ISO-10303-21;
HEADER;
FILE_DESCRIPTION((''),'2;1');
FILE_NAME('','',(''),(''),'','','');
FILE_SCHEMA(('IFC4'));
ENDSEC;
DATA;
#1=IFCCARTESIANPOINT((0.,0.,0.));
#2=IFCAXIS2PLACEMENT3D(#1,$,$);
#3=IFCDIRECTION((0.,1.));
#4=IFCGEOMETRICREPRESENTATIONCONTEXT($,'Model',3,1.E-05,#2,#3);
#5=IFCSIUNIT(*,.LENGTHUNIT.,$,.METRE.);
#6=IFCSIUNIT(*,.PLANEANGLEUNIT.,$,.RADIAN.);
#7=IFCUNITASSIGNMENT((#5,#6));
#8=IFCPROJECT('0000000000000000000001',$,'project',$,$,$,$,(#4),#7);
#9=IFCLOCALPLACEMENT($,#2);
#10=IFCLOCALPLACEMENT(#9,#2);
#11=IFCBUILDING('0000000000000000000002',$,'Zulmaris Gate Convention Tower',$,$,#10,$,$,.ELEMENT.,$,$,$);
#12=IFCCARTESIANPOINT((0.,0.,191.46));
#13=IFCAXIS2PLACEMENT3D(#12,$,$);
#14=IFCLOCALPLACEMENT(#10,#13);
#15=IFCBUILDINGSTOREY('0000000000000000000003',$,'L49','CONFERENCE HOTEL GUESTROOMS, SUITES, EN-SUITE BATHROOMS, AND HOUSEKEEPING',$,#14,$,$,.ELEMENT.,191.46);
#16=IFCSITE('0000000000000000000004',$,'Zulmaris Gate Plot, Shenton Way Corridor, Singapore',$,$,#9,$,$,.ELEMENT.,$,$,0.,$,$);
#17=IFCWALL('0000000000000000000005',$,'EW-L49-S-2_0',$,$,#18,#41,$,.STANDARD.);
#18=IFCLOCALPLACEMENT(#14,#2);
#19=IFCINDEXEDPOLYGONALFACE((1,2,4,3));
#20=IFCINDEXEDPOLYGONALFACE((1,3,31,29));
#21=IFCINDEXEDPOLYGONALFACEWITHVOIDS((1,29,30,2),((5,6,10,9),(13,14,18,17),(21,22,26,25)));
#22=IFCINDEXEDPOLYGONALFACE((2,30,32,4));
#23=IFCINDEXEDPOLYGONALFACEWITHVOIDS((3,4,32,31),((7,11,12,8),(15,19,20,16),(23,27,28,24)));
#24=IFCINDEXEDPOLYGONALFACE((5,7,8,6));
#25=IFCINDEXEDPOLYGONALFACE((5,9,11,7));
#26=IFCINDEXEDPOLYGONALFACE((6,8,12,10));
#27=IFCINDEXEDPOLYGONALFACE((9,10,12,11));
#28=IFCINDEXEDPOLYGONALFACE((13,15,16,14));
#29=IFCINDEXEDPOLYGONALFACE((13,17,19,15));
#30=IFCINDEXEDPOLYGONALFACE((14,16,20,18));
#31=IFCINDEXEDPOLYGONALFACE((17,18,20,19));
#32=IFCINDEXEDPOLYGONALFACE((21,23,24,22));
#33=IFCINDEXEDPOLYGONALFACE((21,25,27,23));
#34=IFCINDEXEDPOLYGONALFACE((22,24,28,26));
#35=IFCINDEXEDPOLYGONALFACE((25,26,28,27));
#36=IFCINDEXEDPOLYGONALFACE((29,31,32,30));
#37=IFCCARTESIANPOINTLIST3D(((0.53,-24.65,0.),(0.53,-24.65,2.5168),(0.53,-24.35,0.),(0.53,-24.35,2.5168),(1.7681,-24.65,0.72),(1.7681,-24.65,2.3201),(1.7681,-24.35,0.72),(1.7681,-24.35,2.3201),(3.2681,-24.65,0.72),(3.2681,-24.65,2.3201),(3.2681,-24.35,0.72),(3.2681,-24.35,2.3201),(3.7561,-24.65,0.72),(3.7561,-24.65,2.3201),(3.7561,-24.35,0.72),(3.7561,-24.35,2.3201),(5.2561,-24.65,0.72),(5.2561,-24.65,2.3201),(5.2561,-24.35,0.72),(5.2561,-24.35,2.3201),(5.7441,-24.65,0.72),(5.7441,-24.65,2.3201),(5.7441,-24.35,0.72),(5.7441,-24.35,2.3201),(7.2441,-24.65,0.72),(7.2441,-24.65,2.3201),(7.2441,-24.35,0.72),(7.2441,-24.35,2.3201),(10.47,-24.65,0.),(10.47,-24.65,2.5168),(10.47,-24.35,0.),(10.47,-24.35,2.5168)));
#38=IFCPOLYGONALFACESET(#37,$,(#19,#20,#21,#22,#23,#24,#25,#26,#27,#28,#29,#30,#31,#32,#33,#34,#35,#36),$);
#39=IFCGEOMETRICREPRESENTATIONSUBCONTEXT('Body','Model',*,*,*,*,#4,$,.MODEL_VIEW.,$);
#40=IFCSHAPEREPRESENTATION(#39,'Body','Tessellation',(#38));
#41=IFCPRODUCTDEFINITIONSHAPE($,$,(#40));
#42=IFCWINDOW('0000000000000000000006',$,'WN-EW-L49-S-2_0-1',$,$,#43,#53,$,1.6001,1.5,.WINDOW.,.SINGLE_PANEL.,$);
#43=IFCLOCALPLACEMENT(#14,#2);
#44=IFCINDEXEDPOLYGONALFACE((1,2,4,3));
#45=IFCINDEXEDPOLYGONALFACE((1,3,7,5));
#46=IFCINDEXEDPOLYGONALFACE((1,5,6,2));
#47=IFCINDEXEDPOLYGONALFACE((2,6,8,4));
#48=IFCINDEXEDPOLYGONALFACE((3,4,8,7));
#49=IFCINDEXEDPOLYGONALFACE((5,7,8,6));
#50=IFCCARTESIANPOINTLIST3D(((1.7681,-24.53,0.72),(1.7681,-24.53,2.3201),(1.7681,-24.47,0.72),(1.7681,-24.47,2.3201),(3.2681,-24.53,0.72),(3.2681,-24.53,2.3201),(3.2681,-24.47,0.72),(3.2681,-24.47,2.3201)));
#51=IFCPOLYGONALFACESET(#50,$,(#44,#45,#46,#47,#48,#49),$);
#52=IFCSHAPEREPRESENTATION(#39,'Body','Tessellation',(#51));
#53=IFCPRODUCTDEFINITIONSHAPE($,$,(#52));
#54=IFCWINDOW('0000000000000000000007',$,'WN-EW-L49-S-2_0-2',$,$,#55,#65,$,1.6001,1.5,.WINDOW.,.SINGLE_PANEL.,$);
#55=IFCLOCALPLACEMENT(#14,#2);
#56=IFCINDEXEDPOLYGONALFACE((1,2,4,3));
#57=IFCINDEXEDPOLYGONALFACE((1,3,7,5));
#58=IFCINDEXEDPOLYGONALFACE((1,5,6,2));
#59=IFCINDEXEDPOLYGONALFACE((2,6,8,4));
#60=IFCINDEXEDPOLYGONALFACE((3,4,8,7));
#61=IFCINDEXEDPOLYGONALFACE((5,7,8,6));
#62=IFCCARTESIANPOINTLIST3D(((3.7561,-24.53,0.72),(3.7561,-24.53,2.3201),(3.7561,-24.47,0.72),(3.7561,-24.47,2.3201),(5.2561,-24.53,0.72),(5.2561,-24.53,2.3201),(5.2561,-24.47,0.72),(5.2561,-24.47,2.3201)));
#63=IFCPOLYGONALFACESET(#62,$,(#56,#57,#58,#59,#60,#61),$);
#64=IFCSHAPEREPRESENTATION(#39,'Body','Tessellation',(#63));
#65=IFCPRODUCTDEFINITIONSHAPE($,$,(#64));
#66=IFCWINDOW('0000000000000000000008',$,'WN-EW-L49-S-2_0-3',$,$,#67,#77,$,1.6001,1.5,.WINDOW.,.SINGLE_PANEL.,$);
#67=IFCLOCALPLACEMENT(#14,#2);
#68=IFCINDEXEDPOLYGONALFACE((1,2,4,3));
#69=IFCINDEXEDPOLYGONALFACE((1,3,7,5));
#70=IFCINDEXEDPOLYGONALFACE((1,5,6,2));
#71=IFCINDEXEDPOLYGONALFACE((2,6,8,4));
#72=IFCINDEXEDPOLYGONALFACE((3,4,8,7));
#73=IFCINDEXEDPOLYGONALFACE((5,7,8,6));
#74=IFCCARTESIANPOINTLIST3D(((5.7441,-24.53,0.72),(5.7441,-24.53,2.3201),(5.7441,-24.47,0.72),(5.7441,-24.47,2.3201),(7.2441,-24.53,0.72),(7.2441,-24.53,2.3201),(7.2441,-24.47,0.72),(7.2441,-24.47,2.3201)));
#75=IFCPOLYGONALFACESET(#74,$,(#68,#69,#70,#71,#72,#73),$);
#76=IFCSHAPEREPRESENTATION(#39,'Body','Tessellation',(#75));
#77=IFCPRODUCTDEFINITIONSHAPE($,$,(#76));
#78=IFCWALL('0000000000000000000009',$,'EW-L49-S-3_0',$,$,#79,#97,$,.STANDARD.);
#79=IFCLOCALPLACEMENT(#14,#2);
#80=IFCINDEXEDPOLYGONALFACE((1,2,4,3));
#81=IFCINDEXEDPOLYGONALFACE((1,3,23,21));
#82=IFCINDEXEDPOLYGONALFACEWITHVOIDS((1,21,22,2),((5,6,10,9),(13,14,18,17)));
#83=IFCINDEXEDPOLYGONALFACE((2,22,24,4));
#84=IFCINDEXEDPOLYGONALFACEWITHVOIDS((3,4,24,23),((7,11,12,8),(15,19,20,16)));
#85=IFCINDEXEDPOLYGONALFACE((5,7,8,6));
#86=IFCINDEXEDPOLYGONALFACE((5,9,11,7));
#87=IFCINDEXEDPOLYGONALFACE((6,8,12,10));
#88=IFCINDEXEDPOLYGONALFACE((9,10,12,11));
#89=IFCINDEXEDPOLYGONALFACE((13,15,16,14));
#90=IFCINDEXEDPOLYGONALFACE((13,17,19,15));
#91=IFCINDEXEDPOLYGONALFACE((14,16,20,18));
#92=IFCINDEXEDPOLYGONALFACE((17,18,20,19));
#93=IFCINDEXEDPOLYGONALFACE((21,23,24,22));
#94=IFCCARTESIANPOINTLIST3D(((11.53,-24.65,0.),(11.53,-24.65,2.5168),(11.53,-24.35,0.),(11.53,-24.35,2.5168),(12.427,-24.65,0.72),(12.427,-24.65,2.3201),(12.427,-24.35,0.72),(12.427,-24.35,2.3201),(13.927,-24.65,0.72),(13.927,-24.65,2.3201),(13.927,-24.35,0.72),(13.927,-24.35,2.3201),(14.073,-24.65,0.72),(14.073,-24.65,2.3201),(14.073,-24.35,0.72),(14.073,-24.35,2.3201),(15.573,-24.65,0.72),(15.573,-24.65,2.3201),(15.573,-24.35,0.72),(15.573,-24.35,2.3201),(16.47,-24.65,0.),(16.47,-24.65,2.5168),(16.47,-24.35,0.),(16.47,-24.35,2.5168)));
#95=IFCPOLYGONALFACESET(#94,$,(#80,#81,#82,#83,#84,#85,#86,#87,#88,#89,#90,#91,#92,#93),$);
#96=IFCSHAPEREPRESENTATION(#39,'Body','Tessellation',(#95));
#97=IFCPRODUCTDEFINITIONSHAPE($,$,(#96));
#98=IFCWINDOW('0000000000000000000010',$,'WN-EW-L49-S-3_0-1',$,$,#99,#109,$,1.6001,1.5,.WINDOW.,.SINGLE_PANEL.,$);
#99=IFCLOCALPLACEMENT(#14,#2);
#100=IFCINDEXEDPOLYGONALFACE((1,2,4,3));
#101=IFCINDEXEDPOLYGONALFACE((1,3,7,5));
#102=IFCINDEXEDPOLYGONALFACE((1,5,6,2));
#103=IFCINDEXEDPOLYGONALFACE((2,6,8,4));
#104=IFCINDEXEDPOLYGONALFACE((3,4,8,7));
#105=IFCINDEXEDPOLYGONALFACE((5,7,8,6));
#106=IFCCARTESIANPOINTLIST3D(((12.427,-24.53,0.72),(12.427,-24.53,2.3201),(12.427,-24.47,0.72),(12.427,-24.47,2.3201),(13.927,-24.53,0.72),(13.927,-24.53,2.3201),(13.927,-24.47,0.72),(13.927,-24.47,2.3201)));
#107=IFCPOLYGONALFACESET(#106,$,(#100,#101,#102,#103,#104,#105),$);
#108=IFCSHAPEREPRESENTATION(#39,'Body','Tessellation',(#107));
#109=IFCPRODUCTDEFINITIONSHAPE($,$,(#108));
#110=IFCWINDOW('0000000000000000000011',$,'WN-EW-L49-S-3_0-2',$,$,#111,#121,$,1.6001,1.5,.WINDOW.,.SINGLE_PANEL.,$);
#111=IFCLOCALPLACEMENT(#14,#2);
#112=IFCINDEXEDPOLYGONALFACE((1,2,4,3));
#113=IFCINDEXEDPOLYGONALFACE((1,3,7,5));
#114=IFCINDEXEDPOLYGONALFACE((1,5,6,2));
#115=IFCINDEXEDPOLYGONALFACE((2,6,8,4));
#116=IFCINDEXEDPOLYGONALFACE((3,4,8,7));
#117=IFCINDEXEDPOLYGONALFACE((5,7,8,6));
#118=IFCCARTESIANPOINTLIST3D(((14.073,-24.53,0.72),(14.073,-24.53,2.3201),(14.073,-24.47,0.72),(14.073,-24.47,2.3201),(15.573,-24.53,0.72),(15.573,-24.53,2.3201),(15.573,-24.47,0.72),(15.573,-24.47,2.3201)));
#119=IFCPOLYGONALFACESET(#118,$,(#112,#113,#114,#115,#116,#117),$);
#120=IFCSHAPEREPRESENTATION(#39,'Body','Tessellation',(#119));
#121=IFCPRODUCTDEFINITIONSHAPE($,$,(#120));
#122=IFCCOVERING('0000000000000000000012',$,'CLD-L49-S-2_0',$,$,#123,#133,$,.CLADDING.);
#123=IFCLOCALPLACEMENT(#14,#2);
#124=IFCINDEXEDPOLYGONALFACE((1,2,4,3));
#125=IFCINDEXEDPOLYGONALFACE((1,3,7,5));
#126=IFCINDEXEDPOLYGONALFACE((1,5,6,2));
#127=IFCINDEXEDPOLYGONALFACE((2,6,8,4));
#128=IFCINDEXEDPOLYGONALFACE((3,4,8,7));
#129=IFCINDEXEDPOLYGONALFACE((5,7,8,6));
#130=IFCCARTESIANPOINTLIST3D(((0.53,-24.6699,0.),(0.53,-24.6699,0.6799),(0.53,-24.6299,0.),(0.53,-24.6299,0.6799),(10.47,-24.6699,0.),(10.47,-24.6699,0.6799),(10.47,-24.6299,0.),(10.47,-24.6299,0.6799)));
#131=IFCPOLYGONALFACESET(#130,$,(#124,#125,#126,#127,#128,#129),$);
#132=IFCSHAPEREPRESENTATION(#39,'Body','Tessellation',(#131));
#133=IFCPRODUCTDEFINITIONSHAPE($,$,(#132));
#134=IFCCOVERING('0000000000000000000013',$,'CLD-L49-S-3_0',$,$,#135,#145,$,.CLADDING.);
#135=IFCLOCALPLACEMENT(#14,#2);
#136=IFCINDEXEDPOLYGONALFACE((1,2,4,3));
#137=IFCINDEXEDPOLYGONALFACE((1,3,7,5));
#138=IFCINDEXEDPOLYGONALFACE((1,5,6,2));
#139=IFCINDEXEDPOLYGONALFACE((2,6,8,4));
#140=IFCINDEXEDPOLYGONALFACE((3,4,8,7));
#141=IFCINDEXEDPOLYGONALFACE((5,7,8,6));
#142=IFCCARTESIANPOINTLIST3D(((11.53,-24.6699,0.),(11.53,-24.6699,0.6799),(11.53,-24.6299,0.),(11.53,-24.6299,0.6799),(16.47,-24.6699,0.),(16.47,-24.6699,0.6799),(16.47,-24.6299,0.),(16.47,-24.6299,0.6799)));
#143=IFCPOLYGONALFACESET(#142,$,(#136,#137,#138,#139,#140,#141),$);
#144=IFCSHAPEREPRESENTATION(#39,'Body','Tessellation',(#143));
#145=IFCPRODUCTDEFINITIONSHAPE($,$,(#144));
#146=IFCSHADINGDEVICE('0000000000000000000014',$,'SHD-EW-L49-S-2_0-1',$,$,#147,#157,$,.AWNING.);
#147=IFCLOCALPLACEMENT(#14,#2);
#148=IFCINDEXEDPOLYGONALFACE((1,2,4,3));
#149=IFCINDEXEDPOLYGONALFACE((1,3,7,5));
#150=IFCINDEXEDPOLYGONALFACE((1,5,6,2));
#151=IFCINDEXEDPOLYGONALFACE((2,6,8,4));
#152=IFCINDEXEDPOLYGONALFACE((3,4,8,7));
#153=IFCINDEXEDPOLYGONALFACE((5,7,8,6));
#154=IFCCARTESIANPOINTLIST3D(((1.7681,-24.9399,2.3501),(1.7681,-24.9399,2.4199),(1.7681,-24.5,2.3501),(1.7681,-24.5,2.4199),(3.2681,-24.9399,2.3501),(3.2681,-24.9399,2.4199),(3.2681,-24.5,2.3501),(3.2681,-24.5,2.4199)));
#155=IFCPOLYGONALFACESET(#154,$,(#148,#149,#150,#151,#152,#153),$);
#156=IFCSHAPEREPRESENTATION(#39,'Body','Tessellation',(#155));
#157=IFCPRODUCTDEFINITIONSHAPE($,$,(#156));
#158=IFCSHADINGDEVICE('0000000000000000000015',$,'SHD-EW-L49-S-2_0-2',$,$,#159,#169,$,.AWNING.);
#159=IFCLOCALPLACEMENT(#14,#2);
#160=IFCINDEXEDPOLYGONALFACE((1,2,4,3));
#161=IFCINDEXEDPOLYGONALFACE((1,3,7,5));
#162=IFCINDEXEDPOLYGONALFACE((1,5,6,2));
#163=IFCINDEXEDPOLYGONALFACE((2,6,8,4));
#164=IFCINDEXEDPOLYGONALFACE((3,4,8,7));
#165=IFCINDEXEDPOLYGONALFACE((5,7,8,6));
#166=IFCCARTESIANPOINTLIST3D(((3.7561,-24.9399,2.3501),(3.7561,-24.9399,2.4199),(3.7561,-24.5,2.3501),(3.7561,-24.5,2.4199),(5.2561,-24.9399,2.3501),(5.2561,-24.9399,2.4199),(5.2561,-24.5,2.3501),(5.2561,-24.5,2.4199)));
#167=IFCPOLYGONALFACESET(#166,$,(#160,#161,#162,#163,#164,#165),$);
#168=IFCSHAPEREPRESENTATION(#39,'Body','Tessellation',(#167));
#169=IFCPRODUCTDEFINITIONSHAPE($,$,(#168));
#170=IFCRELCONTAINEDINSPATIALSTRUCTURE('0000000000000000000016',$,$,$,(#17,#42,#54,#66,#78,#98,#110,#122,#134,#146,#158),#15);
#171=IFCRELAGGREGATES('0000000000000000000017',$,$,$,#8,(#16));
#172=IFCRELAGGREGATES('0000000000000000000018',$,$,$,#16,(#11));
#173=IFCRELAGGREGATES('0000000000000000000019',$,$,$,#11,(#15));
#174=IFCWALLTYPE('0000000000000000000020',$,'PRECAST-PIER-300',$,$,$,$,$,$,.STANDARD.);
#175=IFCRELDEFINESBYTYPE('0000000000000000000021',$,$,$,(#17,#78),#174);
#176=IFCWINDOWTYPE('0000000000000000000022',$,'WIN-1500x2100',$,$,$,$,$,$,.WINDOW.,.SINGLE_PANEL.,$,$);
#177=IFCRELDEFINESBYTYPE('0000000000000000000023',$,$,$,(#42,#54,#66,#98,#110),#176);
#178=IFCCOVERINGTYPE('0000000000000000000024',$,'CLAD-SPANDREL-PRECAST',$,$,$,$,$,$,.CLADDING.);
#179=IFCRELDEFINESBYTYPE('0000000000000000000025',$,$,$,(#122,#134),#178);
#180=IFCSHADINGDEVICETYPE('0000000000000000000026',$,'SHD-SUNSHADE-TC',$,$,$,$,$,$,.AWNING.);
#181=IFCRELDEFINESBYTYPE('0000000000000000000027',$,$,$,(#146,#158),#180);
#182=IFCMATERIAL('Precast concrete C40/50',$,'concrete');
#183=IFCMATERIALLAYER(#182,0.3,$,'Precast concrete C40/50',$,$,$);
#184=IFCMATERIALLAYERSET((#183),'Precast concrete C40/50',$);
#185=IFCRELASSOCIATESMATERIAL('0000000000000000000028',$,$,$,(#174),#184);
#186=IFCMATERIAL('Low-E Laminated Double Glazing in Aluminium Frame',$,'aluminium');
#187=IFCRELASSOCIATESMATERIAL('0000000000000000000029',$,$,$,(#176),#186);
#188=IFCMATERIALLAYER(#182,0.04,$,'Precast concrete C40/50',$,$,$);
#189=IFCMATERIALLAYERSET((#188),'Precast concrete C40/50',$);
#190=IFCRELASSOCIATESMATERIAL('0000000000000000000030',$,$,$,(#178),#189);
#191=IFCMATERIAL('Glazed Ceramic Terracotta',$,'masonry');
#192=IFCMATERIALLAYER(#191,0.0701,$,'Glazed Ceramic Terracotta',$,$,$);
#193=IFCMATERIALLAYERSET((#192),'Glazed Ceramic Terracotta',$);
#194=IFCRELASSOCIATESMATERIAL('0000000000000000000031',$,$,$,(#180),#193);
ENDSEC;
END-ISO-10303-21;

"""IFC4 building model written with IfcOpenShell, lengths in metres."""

from ifc_helpers import new_model, si_unit, direction, frame, frame_2d, origin, place, context, subcontext, project, spatial, rectangle, extrude, material, layer, layer_set, type_object, element, fill, save


model = new_model("IFC4")

# Units and contexts
model_context = context("Model", 3, precision=1e-05, world=origin(), true_north=direction((0.0, 1.0)))
body_context = subcontext(model_context, "Body", "Model", "MODEL_VIEW")
ifc_project = project(units=[si_unit("LENGTHUNIT", "METRE"), si_unit("PLANEANGLEUNIT", "RADIAN")], contexts=[model_context])

# Site, building, storey
site_placement = place(None, origin())
site = spatial("IfcSite", under=ifc_project, at=site_placement, Name="Zulmaris Gate Plot, Shenton Way Corridor, Singapore", CompositionType="ELEMENT", RefElevation=0.0)
building_placement = place(site_placement, origin())
building = spatial("IfcBuilding", under=site, at=building_placement, Name="Zulmaris Gate Convention Tower", CompositionType="ELEMENT")
storey_placement = place(building_placement, frame((0.0, 0.0, 191.46)))
storey = spatial("IfcBuildingStorey", under=building, at=storey_placement, Name="L49", Description="CONFERENCE HOTEL GUESTROOMS, SUITES, EN-SUITE BATHROOMS, AND HOUSEKEEPING", CompositionType="ELEMENT", Elevation=191.46)

# Walls, openings, windows
ifc_material_1 = material(Name="Precast concrete C40/50", Category="concrete")
ifc_layer_1 = layer(ifc_material_1, 0.3, Name="Precast concrete C40/50")
ifc_layer_set_1 = layer_set([ifc_layer_1], Name="Precast concrete C40/50")
wall_type_1 = type_object("IfcWallType", Name="PRECAST-PIER-300", PredefinedType="STANDARD", material=ifc_layer_set_1)
wall_1_placement = place(storey_placement, frame((0.53, -24.5, 0.0), z_axis=(0.0, 0.0, 1.0), x_axis=(1.0, 0.0, 0.0)))
wall_1 = element("IfcWall", 1, at=wall_1_placement, inside=storey, type_object=wall_type_1, Name="EW-L49-S-2_0", PredefinedType="STANDARD", context=body_context, shape_type="SweptSolid", body=[
    extrude(rectangle(XDim=9.9399, YDim=0.3, at=frame_2d((4.97, 0.0))), origin(), (0.0, 0.0, 1.0), 2.5168),
])
opening_1_placement = place(wall_1_placement, frame((1.238, 0.0, 0.72)))
opening_1 = element("IfcOpeningElement", 2, at=opening_1_placement, cuts=wall_1, PredefinedType="OPENING", context=body_context, shape_type="SweptSolid", body=[
    extrude(rectangle(XDim=1.5, YDim=1.6001, at=frame_2d((0.75, 0.8))), frame((0.0, 0.1602, 0.0), z_axis=(0.0, -1.0, 0.0), x_axis=(1.0, 0.0, 0.0)), (0.0, 0.0, 1.0), 0.3201),
])
opening_2_placement = place(wall_1_placement, frame((3.2261, 0.0, 0.72)))
opening_2 = element("IfcOpeningElement", 3, at=opening_2_placement, cuts=wall_1, PredefinedType="OPENING", context=body_context, shape_type="SweptSolid", body=[
    extrude(rectangle(XDim=1.5, YDim=1.6001, at=frame_2d((0.75, 0.8))), frame((0.0, 0.1602, 0.0), z_axis=(0.0, -1.0, 0.0), x_axis=(1.0, 0.0, 0.0)), (0.0, 0.0, 1.0), 0.3201),
])
opening_3_placement = place(wall_1_placement, frame((5.2141, 0.0, 0.72)))
opening_3 = element("IfcOpeningElement", 4, at=opening_3_placement, cuts=wall_1, PredefinedType="OPENING", context=body_context, shape_type="SweptSolid", body=[
    extrude(rectangle(XDim=1.5, YDim=1.6001, at=frame_2d((0.75, 0.8))), frame((0.0, 0.1602, 0.0), z_axis=(0.0, -1.0, 0.0), x_axis=(1.0, 0.0, 0.0)), (0.0, 0.0, 1.0), 0.3201),
])
ifc_material_2 = material(Name="Low-E Laminated Double Glazing in Aluminium Frame", Category="aluminium")
window_type = type_object("IfcWindowType", Name="WIN-1500x2100", PartitioningType="SINGLE_PANEL", PredefinedType="WINDOW", material=ifc_material_2)
window_1_placement = place(opening_1_placement, origin())
window_1 = element("IfcWindow", 5, at=window_1_placement, inside=storey, type_object=window_type, Name="WN-EW-L49-S-2_0-1", OverallHeight=1.6001, OverallWidth=1.5, PartitioningType="SINGLE_PANEL", PredefinedType="WINDOW", context=body_context, shape_type="SweptSolid", body=[
    extrude(rectangle(XDim=1.5, YDim=1.6001, at=frame_2d((0.75, 0.8))), frame((0.0, 0.03, 0.0), z_axis=(0.0, -1.0, 0.0), x_axis=(1.0, 0.0, 0.0)), (0.0, 0.0, 1.0), 0.0601),
])
fill(opening_1, window_1)
window_2_placement = place(opening_2_placement, origin())
window_2 = element("IfcWindow", 6, at=window_2_placement, inside=storey, type_object=window_type, Name="WN-EW-L49-S-2_0-2", OverallHeight=1.6001, OverallWidth=1.5, PartitioningType="SINGLE_PANEL", PredefinedType="WINDOW", context=body_context, shape_type="SweptSolid", body=[
    extrude(rectangle(XDim=1.5, YDim=1.6001, at=frame_2d((0.75, 0.8))), frame((0.0, 0.03, 0.0), z_axis=(0.0, -1.0, 0.0), x_axis=(1.0, 0.0, 0.0)), (0.0, 0.0, 1.0), 0.0601),
])
fill(opening_2, window_2)
window_3_placement = place(opening_3_placement, origin())
window_3 = element("IfcWindow", 7, at=window_3_placement, inside=storey, type_object=window_type, Name="WN-EW-L49-S-2_0-3", OverallHeight=1.6001, OverallWidth=1.5, PartitioningType="SINGLE_PANEL", PredefinedType="WINDOW", context=body_context, shape_type="SweptSolid", body=[
    extrude(rectangle(XDim=1.5, YDim=1.6001, at=frame_2d((0.75, 0.8))), frame((0.0, 0.03, 0.0), z_axis=(0.0, -1.0, 0.0), x_axis=(1.0, 0.0, 0.0)), (0.0, 0.0, 1.0), 0.0601),
])
fill(opening_3, window_3)
wall_2_placement = place(storey_placement, frame((11.53, -24.5, 0.0), z_axis=(0.0, 0.0, 1.0), x_axis=(1.0, 0.0, 0.0)))
wall_2 = element("IfcWall", 8, at=wall_2_placement, inside=storey, type_object=wall_type_1, Name="EW-L49-S-3_0", PredefinedType="STANDARD", context=body_context, shape_type="SweptSolid", body=[
    extrude(rectangle(XDim=4.9399, YDim=0.3, at=frame_2d((2.47, 0.0))), origin(), (0.0, 0.0, 1.0), 2.5168),
])
opening_4_placement = place(wall_2_placement, frame((0.897, 0.0, 0.72)))
opening_4 = element("IfcOpeningElement", 9, at=opening_4_placement, cuts=wall_2, PredefinedType="OPENING", context=body_context, shape_type="SweptSolid", body=[
    extrude(rectangle(XDim=1.5, YDim=1.6001, at=frame_2d((0.75, 0.8))), frame((0.0, 0.1602, 0.0), z_axis=(0.0, -1.0, 0.0), x_axis=(1.0, 0.0, 0.0)), (0.0, 0.0, 1.0), 0.3201),
])
opening_5_placement = place(wall_2_placement, frame((2.543, 0.0, 0.72)))
opening_5 = element("IfcOpeningElement", 10, at=opening_5_placement, cuts=wall_2, PredefinedType="OPENING", context=body_context, shape_type="SweptSolid", body=[
    extrude(rectangle(XDim=1.5, YDim=1.6001, at=frame_2d((0.75, 0.8))), frame((0.0, 0.1602, 0.0), z_axis=(0.0, -1.0, 0.0), x_axis=(1.0, 0.0, 0.0)), (0.0, 0.0, 1.0), 0.3201),
])
window_4_placement = place(opening_4_placement, origin())
window_4 = element("IfcWindow", 11, at=window_4_placement, inside=storey, type_object=window_type, Name="WN-EW-L49-S-3_0-1", OverallHeight=1.6001, OverallWidth=1.5, PartitioningType="SINGLE_PANEL", PredefinedType="WINDOW", context=body_context, shape_type="SweptSolid", body=[
    extrude(rectangle(XDim=1.5, YDim=1.6001, at=frame_2d((0.75, 0.8))), frame((0.0, 0.03, 0.0), z_axis=(0.0, -1.0, 0.0), x_axis=(1.0, 0.0, 0.0)), (0.0, 0.0, 1.0), 0.0601),
])
fill(opening_4, window_4)
window_5_placement = place(opening_5_placement, origin())
window_5 = element("IfcWindow", 12, at=window_5_placement, inside=storey, type_object=window_type, Name="WN-EW-L49-S-3_0-2", OverallHeight=1.6001, OverallWidth=1.5, PartitioningType="SINGLE_PANEL", PredefinedType="WINDOW", context=body_context, shape_type="SweptSolid", body=[
    extrude(rectangle(XDim=1.5, YDim=1.6001, at=frame_2d((0.75, 0.8))), frame((0.0, 0.03, 0.0), z_axis=(0.0, -1.0, 0.0), x_axis=(1.0, 0.0, 0.0)), (0.0, 0.0, 1.0), 0.0601),
])
fill(opening_5, window_5)

# Coverings
ifc_layer_2 = layer(ifc_material_1, 0.04, Name="Precast concrete C40/50")
ifc_layer_set_2 = layer_set([ifc_layer_2], Name="Precast concrete C40/50")
covering_type = type_object("IfcCoveringType", Name="CLAD-SPANDREL-PRECAST", PredefinedType="CLADDING", material=ifc_layer_set_2)
covering_1_placement = place(storey_placement, frame((0.53, -24.6499, 0.0), z_axis=(0.0, 0.0, 1.0), x_axis=(1.0, 0.0, 0.0)))
element("IfcCovering", 13, at=covering_1_placement, inside=storey, type_object=covering_type, Name="CLD-L49-S-2_0", PredefinedType="CLADDING", context=body_context, shape_type="SweptSolid", body=[
    extrude(rectangle(XDim=9.9399, YDim=0.04, at=frame_2d((4.97, 0.0))), origin(), (0.0, 0.0, 1.0), 0.6799),
])
covering_2_placement = place(storey_placement, frame((11.53, -24.6499, 0.0), z_axis=(0.0, 0.0, 1.0), x_axis=(1.0, 0.0, 0.0)))
element("IfcCovering", 14, at=covering_2_placement, inside=storey, type_object=covering_type, Name="CLD-L49-S-3_0", PredefinedType="CLADDING", context=body_context, shape_type="SweptSolid", body=[
    extrude(rectangle(XDim=4.9399, YDim=0.04, at=frame_2d((2.47, 0.0))), origin(), (0.0, 0.0, 1.0), 0.6799),
])

# Shading devices
ifc_material_3 = material(Name="Glazed Ceramic Terracotta", Category="masonry")
ifc_layer_3 = layer(ifc_material_3, 0.0701, Name="Glazed Ceramic Terracotta")
ifc_layer_set_3 = layer_set([ifc_layer_3], Name="Glazed Ceramic Terracotta")
shading_device_type = type_object("IfcShadingDeviceType", Name="SHD-SUNSHADE-TC", PredefinedType="AWNING", material=ifc_layer_set_3)
for number, where, z_axis, x_axis, name in (
    (15, (1.7681, -24.72, 2.3501), (0.0, 0.0, 1.0), (1.0, 0.0, 0.0), "SHD-EW-L49-S-2_0-1"),
    (16, (3.7561, -24.72, 2.3501), (0.0, 0.0, 1.0), (1.0, 0.0, 0.0), "SHD-EW-L49-S-2_0-2"),
):
    element("IfcShadingDevice", number, at=place(storey_placement, frame(where, z_axis=z_axis, x_axis=x_axis)), inside=storey, type_object=shading_device_type, Name=name, PredefinedType="AWNING", context=body_context, shape_type="SweptSolid", body=[
        extrude(rectangle(XDim=1.5, YDim=0.4399, at=frame_2d((0.75, 0.0))), origin(), (0.0, 0.0, 1.0), 0.0698),
    ])

save(model, "model.ifc")
